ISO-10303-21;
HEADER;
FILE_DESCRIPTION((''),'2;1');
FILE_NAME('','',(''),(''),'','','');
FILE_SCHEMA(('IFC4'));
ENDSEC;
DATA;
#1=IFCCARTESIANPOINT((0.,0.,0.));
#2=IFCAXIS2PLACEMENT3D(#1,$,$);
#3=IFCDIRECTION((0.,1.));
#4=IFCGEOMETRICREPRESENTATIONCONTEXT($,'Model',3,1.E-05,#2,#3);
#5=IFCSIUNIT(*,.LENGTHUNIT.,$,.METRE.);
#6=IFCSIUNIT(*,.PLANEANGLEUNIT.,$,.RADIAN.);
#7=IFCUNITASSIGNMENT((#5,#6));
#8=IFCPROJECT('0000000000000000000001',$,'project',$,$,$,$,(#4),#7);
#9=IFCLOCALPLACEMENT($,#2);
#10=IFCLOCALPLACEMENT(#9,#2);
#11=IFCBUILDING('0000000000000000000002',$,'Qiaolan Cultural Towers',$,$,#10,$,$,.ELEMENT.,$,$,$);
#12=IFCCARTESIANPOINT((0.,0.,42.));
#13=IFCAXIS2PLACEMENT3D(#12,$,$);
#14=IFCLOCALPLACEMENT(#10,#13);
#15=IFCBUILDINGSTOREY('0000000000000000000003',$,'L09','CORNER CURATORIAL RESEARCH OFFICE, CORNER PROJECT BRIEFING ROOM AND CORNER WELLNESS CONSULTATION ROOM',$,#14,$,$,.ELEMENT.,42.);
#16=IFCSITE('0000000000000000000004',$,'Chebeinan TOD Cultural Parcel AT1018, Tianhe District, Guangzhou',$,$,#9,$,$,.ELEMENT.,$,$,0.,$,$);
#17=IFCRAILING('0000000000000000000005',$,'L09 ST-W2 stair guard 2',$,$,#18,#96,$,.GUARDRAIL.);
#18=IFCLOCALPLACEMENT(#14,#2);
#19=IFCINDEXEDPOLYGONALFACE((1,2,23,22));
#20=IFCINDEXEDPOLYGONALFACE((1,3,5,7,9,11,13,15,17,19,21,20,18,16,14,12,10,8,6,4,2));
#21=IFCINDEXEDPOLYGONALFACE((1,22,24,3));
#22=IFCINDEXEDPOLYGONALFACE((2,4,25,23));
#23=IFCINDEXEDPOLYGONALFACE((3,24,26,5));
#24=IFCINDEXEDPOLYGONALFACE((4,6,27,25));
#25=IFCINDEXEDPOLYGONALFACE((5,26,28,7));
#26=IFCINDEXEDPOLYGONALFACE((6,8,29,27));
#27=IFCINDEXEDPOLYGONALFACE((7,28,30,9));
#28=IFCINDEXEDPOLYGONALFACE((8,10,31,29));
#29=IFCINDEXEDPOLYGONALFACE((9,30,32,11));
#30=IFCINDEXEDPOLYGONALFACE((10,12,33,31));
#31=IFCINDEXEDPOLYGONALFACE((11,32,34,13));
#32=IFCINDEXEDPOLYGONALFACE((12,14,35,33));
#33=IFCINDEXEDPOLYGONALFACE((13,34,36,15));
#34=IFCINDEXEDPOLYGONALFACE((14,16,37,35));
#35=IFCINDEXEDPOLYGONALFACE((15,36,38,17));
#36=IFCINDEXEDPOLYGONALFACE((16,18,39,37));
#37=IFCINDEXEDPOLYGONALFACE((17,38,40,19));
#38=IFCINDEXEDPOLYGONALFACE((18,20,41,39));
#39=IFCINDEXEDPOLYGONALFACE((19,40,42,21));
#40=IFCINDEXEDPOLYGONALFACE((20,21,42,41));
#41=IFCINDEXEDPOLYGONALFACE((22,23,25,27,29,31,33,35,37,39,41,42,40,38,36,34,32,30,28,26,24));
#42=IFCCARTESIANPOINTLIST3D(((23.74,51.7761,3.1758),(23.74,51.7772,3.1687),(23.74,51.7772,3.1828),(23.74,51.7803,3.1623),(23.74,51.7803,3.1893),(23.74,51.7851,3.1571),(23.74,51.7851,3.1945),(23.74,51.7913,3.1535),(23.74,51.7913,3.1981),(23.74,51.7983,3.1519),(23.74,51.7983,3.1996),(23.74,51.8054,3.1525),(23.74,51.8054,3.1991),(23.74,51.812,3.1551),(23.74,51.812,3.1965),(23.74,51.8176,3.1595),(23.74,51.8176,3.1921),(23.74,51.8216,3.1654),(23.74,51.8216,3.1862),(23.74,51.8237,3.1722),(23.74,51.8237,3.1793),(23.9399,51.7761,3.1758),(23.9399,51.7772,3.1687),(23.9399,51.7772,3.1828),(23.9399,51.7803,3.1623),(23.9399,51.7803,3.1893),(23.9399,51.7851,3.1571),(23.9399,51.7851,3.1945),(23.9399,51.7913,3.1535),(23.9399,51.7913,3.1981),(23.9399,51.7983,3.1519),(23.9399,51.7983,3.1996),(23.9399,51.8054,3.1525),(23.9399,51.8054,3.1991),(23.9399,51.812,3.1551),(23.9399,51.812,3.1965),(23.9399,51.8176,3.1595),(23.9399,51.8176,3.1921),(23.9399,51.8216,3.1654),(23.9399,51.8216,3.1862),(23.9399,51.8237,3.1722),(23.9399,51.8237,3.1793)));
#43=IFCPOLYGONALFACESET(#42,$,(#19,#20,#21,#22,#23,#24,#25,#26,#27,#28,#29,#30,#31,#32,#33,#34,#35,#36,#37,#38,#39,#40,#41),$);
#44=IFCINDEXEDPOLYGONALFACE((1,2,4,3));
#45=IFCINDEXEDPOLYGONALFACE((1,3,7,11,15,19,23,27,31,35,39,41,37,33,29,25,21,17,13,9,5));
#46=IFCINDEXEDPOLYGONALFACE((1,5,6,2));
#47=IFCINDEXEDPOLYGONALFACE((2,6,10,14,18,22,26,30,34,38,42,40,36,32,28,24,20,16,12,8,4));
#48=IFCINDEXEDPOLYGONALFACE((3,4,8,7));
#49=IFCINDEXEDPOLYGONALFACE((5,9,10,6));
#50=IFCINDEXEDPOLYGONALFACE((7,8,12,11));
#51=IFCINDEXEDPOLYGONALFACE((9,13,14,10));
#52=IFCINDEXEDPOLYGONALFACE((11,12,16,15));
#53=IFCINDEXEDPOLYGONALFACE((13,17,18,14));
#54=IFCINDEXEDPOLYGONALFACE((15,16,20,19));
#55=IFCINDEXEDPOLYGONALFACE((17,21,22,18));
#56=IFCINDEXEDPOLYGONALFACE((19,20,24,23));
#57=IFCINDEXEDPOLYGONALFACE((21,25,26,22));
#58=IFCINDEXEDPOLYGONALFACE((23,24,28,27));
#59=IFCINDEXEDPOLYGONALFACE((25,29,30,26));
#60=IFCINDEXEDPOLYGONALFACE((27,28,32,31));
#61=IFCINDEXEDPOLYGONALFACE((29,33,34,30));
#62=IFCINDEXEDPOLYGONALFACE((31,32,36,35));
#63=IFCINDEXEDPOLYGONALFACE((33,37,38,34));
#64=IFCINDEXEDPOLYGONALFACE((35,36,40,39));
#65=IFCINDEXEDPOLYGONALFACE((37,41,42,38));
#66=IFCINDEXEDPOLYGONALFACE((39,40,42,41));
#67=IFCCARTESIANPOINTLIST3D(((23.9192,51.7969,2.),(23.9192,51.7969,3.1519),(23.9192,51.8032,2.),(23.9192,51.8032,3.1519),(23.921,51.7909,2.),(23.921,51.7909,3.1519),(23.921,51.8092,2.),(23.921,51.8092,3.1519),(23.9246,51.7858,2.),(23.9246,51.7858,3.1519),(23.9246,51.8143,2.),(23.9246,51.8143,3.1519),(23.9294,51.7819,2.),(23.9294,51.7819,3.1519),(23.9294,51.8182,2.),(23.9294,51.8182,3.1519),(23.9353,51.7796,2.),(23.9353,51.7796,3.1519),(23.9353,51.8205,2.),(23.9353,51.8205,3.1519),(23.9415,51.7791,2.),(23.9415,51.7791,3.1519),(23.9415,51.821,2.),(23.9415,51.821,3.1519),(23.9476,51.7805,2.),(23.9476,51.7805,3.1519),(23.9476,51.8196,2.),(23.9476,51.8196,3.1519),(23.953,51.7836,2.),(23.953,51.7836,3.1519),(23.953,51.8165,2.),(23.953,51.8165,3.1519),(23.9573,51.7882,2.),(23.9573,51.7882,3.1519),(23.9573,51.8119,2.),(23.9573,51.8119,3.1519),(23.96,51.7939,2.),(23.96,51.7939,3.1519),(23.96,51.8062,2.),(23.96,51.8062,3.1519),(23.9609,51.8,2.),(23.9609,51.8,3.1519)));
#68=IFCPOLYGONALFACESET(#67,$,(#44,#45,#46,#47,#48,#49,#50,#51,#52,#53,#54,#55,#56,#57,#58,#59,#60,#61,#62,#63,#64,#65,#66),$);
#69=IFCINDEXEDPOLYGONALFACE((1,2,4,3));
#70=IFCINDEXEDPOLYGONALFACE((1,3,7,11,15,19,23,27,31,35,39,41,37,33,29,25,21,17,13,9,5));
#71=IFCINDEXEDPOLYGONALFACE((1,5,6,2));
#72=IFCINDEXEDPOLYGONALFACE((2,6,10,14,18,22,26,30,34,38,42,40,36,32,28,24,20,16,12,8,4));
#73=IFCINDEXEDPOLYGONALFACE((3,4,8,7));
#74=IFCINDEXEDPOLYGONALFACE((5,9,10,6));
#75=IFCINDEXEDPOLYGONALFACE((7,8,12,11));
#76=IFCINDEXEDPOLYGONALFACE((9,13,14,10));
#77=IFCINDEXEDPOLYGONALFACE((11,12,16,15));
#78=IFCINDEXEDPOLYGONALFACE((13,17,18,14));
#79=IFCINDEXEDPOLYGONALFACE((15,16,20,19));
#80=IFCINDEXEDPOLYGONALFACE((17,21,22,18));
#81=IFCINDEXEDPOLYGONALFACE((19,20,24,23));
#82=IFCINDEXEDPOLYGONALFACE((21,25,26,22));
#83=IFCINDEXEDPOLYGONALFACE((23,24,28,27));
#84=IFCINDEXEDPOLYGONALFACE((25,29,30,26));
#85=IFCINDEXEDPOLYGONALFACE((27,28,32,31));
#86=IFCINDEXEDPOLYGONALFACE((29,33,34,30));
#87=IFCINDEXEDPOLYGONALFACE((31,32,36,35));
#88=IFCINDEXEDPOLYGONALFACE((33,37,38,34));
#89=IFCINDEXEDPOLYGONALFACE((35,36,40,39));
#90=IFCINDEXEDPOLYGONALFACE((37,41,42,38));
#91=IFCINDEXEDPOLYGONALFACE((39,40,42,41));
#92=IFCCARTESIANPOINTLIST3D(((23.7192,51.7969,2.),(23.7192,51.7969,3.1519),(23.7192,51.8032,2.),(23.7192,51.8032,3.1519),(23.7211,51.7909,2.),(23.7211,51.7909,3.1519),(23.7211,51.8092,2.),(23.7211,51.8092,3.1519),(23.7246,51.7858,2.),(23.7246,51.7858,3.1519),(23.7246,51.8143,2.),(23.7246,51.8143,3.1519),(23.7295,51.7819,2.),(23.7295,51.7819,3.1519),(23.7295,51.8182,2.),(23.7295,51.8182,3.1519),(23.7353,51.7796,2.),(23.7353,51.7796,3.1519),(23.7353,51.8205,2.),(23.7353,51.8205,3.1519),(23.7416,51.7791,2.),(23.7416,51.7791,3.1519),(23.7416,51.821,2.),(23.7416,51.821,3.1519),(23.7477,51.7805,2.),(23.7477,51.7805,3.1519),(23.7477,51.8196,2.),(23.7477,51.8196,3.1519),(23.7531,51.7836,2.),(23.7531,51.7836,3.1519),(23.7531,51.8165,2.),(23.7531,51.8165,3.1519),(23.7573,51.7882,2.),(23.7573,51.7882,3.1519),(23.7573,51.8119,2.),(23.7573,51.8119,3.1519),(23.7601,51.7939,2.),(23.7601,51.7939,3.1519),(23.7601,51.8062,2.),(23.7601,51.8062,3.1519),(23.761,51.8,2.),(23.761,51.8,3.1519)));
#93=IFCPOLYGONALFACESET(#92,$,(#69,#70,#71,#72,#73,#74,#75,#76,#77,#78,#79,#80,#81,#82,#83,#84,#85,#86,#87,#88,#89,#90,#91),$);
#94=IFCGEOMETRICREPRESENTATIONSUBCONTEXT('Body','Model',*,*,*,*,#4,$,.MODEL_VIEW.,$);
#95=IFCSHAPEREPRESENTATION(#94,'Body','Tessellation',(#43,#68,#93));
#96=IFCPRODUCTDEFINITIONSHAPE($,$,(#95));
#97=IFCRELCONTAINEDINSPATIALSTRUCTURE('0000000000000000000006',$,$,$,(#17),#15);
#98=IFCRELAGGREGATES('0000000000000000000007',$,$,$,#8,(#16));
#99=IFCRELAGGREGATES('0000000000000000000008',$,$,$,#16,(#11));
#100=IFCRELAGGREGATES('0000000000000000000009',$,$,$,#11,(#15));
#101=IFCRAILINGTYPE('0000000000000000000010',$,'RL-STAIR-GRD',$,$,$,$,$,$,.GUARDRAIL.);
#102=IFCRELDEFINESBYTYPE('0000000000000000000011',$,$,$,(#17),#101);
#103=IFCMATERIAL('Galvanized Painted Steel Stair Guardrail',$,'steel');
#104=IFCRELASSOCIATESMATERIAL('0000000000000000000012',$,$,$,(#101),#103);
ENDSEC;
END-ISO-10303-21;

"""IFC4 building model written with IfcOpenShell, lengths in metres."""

from ifc_helpers import new_model, si_unit, direction, frame, origin, origin_2d, place, context, subcontext, project, spatial, circle, extrude, material, type_object, element, save


model = new_model("IFC4")

# Units and contexts
model_context = context("Model", 3, precision=1e-05, world=origin(), true_north=direction((0.0, 1.0)))
body_context = subcontext(model_context, "Body", "Model", "MODEL_VIEW")
ifc_project = project(units=[si_unit("LENGTHUNIT", "METRE"), si_unit("PLANEANGLEUNIT", "RADIAN")], contexts=[model_context])

# Site, building, storey
site_placement = place(None, origin())
site = spatial("IfcSite", under=ifc_project, at=site_placement, Name="Chebeinan TOD Cultural Parcel AT1018, Tianhe District, Guangzhou", CompositionType="ELEMENT", RefElevation=0.0)
building_placement = place(site_placement, origin())
building = spatial("IfcBuilding", under=site, at=building_placement, Name="Qiaolan Cultural Towers", CompositionType="ELEMENT")
storey_placement = place(building_placement, frame((0.0, 0.0, 42.0)))
storey = spatial("IfcBuildingStorey", under=building, at=storey_placement, Name="L09", Description="CORNER CURATORIAL RESEARCH OFFICE, CORNER PROJECT BRIEFING ROOM AND CORNER WELLNESS CONSULTATION ROOM", CompositionType="ELEMENT", Elevation=42.0)

# Railing
ifc_material_1 = material(Name="Galvanized Painted Steel Stair Guardrail", Category="steel")
railing_type_1 = type_object("IfcRailingType", Name="RL-STAIR-GRD", PredefinedType="GUARDRAIL", material=ifc_material_1)
railing_1_placement = place(storey_placement, frame((23.9399, 51.8, 2.0)))
element("IfcRailing", 1, at=railing_1_placement, inside=storey, type_object=railing_type_1, Name="L09 ST-W2 stair guard 2", PredefinedType="GUARDRAIL", context=body_context, shape_type="SweptSolid", body=[
    extrude(circle(Radius=0.0239, at=origin_2d()), frame((0.0, 0.0, 1.1758), z_axis=(-1.0, 0.0, 0.0), x_axis=(0.0, -1.0, 0.0)), (0.0, 0.0, 1.0), 0.2),
    extrude(circle(Radius=0.021, at=origin_2d()), origin(), (0.0, 0.0, 1.0), 1.1519),
    extrude(circle(Radius=0.021, at=origin_2d()), frame((-0.2, 0.0, 0.0)), (0.0, 0.0, 1.0), 1.1519),
])

save(model, "model.ifc")
